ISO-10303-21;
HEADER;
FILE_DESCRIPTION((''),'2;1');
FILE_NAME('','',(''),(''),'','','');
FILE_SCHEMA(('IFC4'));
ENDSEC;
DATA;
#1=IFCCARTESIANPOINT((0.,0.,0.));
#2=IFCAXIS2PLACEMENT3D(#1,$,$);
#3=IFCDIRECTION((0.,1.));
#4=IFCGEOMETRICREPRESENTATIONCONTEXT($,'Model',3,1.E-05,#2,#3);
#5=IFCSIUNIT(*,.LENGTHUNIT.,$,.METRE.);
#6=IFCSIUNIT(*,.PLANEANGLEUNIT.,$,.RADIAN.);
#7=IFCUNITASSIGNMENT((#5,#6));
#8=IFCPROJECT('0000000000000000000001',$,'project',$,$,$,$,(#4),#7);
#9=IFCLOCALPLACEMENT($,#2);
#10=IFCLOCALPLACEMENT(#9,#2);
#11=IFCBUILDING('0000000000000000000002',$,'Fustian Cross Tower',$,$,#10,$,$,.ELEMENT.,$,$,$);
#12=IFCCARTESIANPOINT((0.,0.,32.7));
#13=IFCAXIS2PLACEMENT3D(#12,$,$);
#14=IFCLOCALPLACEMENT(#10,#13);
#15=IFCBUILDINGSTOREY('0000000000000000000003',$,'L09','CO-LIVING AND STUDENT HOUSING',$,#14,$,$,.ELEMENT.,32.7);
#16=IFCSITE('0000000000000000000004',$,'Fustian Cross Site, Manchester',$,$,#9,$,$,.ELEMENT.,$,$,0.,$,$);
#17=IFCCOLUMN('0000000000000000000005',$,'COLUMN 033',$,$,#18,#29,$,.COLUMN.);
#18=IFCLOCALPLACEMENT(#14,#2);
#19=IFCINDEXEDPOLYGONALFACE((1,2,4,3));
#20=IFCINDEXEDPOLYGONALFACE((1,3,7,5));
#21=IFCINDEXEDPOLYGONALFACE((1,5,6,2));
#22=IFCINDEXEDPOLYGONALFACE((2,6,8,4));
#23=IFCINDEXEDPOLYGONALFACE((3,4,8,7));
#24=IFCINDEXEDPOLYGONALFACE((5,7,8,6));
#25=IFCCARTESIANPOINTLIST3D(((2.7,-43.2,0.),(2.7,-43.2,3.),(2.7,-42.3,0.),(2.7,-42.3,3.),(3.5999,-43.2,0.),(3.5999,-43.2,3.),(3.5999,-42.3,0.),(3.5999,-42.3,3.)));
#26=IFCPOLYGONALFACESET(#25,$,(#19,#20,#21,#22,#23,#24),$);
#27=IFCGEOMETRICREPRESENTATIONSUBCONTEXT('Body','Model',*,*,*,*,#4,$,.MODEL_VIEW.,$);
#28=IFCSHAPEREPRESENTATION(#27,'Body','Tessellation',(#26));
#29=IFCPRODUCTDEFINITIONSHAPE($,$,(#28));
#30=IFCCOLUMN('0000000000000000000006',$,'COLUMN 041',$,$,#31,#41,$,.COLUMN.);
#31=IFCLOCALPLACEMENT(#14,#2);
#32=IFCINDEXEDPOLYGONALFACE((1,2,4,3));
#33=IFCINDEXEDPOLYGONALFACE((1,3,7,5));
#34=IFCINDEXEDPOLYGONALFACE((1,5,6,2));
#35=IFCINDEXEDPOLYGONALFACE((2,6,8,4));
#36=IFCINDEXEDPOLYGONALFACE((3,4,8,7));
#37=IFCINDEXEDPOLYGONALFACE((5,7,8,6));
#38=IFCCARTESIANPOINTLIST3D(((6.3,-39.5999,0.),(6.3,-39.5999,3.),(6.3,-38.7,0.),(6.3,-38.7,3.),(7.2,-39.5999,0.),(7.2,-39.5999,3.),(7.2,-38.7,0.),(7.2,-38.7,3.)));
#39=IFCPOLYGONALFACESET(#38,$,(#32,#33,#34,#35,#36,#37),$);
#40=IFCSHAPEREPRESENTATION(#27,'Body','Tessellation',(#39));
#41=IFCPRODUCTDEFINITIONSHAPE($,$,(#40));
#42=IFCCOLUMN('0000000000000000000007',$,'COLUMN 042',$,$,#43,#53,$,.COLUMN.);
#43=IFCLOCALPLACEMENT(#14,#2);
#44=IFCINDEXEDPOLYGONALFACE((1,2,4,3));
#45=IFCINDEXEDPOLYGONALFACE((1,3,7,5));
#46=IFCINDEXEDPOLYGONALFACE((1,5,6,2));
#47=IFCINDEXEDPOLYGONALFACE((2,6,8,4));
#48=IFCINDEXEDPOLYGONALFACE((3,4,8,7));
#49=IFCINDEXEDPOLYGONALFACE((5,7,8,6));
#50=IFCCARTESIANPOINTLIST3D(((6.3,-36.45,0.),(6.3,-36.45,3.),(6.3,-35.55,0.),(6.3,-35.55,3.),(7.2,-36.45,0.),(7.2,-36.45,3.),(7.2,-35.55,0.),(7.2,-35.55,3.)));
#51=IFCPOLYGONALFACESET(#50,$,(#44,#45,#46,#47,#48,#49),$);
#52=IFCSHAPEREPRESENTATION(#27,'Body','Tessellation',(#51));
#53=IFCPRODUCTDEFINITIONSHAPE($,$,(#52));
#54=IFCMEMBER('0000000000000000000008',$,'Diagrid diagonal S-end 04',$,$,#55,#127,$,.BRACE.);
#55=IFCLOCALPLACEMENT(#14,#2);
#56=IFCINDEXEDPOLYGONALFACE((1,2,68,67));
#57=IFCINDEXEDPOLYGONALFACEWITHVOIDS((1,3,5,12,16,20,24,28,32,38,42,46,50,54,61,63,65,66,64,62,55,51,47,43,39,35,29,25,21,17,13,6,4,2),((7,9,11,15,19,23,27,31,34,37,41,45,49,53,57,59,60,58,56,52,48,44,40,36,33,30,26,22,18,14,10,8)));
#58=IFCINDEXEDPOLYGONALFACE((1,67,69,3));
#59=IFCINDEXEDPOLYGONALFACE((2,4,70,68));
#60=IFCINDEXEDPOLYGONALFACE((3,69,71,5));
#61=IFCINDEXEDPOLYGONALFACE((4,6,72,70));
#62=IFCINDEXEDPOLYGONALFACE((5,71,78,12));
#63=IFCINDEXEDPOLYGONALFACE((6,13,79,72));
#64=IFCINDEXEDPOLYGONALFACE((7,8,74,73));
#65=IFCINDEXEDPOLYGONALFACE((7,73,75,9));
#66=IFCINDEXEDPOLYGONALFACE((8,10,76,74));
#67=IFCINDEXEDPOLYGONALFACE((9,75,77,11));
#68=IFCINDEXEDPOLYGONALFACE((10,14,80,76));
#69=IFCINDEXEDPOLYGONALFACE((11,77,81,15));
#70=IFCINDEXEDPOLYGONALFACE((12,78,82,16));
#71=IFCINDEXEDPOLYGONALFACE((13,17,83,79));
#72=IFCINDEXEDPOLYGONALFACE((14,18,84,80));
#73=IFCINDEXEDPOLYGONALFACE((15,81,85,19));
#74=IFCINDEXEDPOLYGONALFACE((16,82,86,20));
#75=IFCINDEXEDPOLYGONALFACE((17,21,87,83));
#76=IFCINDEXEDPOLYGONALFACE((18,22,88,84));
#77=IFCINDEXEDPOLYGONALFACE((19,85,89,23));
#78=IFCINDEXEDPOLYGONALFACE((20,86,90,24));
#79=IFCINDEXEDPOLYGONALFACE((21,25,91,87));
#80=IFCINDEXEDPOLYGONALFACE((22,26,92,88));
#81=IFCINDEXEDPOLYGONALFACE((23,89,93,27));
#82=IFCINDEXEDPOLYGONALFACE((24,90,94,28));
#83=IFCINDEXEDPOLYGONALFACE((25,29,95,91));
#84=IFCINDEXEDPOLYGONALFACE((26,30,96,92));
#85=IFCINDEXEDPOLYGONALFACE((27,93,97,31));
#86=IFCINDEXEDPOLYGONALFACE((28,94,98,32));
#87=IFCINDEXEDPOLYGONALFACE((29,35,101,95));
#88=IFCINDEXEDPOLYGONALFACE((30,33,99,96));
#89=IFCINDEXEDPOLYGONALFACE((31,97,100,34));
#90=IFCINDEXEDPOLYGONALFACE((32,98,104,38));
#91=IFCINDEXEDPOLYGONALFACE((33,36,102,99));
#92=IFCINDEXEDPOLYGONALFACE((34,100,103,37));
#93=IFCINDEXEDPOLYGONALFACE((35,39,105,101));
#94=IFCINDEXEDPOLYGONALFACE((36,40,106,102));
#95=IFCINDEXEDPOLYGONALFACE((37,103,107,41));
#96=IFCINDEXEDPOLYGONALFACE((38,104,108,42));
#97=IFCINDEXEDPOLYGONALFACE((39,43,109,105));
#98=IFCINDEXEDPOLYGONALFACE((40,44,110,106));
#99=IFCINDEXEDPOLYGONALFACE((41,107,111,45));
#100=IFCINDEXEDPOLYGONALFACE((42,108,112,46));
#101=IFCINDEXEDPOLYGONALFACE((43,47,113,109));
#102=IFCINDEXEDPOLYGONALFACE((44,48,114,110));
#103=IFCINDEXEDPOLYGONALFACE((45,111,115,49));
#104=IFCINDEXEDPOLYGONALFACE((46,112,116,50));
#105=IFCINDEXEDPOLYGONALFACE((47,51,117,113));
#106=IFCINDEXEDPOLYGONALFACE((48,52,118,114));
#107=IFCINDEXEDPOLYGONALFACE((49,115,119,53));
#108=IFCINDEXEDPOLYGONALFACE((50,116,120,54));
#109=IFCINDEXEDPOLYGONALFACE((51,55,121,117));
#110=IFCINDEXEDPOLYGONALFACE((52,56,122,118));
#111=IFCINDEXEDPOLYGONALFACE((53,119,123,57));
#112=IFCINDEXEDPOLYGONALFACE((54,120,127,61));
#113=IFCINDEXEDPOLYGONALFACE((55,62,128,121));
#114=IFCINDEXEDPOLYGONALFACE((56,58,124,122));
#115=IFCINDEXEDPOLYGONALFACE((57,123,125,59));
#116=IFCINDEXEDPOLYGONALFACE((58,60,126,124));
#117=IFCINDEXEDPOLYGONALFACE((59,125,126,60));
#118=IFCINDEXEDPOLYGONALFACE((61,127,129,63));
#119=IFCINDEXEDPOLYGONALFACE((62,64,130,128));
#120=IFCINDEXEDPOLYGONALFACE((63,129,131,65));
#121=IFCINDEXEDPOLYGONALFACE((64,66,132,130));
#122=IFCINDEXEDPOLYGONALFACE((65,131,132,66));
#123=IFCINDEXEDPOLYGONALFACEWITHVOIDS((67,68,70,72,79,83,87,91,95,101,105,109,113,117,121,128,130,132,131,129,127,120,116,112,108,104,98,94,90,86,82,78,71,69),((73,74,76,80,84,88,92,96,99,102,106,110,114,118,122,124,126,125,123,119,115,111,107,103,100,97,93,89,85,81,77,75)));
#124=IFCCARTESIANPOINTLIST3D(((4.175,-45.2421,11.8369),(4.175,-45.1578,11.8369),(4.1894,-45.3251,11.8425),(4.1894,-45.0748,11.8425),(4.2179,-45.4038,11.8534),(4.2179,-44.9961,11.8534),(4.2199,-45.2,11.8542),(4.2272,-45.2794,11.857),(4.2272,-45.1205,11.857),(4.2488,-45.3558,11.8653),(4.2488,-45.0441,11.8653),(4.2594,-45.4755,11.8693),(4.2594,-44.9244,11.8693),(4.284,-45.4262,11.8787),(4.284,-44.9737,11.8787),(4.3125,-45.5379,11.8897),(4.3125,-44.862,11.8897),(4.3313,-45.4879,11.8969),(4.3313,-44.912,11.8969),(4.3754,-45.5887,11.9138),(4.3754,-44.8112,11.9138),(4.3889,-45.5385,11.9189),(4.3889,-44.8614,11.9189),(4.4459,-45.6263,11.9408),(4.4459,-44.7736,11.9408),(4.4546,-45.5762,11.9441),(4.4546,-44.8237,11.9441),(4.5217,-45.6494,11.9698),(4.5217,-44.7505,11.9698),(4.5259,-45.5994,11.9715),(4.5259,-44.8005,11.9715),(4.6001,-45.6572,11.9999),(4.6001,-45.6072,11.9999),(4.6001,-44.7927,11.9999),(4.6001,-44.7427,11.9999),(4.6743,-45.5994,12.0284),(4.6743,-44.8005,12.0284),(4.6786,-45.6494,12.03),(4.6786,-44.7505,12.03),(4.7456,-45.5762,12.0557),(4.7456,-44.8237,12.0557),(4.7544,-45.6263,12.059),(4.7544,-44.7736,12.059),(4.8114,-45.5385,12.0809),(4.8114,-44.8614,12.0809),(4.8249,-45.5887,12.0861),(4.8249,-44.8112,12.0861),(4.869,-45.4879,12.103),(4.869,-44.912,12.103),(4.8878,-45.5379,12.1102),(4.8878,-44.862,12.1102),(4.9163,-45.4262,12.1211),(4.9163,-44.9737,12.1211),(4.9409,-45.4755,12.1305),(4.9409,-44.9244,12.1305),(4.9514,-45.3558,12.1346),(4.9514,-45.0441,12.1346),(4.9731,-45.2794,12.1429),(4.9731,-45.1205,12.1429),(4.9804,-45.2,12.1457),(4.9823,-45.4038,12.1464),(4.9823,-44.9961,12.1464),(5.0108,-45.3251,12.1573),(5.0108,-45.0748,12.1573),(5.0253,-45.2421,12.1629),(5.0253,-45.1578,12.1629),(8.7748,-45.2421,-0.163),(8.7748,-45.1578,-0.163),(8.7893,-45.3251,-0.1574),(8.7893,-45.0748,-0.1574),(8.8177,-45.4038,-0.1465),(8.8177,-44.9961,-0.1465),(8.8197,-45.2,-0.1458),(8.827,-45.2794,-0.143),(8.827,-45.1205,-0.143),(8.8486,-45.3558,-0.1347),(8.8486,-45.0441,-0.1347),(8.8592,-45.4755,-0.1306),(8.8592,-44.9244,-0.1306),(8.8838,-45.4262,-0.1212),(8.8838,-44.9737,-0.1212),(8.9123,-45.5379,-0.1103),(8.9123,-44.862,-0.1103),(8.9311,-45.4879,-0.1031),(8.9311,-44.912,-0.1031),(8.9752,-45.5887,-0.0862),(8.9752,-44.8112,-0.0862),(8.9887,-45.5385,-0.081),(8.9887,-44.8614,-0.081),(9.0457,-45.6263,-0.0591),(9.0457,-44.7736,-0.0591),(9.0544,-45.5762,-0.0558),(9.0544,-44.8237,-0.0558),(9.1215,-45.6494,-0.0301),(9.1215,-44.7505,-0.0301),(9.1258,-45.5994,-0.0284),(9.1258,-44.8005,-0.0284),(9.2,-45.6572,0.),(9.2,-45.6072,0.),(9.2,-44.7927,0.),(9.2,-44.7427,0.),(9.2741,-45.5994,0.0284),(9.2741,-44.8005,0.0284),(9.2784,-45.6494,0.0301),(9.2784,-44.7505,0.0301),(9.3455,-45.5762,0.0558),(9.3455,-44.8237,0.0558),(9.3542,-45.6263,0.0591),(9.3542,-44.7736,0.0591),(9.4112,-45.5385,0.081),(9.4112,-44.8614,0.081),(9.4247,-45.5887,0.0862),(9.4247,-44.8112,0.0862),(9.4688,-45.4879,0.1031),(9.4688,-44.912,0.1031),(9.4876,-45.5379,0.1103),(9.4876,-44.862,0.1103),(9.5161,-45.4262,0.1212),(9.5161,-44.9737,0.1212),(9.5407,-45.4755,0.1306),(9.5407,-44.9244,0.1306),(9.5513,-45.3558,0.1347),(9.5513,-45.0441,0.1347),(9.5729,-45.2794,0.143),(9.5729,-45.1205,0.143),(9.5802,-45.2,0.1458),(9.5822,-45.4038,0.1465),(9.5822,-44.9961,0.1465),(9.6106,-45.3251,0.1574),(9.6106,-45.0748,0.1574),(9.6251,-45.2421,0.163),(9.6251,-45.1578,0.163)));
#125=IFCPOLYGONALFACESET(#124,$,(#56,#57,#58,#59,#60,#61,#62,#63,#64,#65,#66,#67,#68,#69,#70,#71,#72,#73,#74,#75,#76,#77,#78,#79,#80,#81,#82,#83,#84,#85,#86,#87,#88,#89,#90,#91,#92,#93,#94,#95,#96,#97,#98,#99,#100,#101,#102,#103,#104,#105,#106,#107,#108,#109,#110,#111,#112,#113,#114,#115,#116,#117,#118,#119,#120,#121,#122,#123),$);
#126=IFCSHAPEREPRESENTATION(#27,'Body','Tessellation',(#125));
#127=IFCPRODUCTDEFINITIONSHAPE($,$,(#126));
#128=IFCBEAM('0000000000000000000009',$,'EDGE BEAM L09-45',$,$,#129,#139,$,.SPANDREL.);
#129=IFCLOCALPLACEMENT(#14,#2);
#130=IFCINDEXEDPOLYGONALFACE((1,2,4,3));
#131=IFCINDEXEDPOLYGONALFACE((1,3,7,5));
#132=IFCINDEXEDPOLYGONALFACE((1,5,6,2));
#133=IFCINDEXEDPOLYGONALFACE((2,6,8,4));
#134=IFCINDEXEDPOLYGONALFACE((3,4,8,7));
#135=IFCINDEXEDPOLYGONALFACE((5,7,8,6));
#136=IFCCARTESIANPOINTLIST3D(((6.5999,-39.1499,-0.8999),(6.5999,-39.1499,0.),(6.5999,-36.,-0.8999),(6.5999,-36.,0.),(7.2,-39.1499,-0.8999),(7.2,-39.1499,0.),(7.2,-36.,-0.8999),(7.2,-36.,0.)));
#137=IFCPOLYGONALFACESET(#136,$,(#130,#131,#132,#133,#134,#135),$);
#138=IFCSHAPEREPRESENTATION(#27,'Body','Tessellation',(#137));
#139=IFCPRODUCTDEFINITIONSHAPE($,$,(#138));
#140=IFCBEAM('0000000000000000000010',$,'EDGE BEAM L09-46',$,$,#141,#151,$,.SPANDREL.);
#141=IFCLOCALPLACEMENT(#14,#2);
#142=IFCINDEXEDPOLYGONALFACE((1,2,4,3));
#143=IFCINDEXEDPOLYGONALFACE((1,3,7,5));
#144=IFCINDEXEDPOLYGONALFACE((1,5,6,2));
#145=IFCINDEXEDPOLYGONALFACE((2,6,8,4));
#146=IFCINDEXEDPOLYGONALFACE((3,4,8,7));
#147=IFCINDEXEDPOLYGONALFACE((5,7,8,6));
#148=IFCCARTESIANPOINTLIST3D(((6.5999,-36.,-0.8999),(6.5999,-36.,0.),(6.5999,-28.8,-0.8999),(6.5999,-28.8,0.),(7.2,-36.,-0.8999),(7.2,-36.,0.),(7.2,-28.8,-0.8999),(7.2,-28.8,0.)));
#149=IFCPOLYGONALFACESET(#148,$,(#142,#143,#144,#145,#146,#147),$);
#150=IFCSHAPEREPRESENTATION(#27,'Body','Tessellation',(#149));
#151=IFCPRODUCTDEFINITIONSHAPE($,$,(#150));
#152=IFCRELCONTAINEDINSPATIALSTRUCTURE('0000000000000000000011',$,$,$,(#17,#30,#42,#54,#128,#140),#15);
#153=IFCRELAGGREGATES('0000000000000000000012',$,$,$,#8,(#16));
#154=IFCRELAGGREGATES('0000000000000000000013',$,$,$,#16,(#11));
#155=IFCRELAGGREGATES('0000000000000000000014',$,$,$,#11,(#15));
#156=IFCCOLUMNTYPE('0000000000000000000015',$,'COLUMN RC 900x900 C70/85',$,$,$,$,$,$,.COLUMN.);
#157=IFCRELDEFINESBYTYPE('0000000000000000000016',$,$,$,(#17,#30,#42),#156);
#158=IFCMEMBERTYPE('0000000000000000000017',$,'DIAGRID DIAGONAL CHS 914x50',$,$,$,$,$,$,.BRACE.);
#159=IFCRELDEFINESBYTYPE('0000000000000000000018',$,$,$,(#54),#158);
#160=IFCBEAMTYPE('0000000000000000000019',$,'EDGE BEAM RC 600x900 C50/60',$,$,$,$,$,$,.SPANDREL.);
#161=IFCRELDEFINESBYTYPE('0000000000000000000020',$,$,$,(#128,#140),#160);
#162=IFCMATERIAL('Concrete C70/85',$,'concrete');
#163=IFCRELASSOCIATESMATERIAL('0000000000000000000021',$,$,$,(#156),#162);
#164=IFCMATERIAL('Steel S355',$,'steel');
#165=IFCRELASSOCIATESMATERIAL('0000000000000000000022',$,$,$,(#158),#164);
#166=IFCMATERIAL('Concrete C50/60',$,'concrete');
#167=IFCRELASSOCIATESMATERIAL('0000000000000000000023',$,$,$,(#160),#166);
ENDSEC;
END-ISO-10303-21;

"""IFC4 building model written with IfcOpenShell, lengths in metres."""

from ifc_helpers import new_model, si_unit, direction, frame, origin, origin_2d, place, context, subcontext, project, spatial, rectangle, hollow_circle, extrude, material, material_profile, profile_set, type_object, element, save


model = new_model("IFC4")

# Units and contexts
model_context = context("Model", 3, precision=1e-05, world=origin(), true_north=direction((0.0, 1.0)))
body_context = subcontext(model_context, "Body", "Model", "MODEL_VIEW")
ifc_project = project(units=[si_unit("LENGTHUNIT", "METRE"), si_unit("PLANEANGLEUNIT", "RADIAN")], contexts=[model_context])

# Site, building, storey
site_placement = place(None, origin())
site = spatial("IfcSite", under=ifc_project, at=site_placement, Name="Fustian Cross Site, Manchester", CompositionType="ELEMENT", RefElevation=0.0)
building_placement = place(site_placement, origin())
building = spatial("IfcBuilding", under=site, at=building_placement, Name="Fustian Cross Tower", CompositionType="ELEMENT")
storey_placement = place(building_placement, frame((0.0, 0.0, 32.7)))
storey = spatial("IfcBuildingStorey", under=building, at=storey_placement, Name="L09", Description="CO-LIVING AND STUDENT HOUSING", CompositionType="ELEMENT", Elevation=32.7)

# Columns
ifc_material_1 = material(Name="Concrete C70/85", Category="concrete")
ifc_material_profile_1 = material_profile(ifc_material_1, rectangle(XDim=0.8999, YDim=0.8999, at=origin_2d()), Name="RC 900x900")
ifc_profile_set_1 = profile_set([ifc_material_profile_1], Name="Concrete C70/85")
column_type = type_object("IfcColumnType", Name="COLUMN RC 900x900 C70/85", PredefinedType="COLUMN", material=ifc_profile_set_1)
for number, where, z_axis, x_axis, name in (
    (1, (3.1499, -42.75, 0.0), (0.0, 0.0, 1.0), (1.0, 0.0, 0.0), "COLUMN 033"),
    (2, (6.75, -39.1499, 0.0), (0.0, 0.0, 1.0), (1.0, 0.0, 0.0), "COLUMN 041"),
    (3, (6.75, -36.0, 0.0), (0.0, 0.0, 1.0), (1.0, 0.0, 0.0), "COLUMN 042"),
):
    element("IfcColumn", number, at=place(storey_placement, frame(where, z_axis=z_axis, x_axis=x_axis)), inside=storey, type_object=column_type, Name=name, PredefinedType="COLUMN", context=body_context, shape_type="SweptSolid", body=[
        extrude(rectangle(XDim=0.8999, YDim=0.8999, at=origin_2d()), origin(), (0.0, 0.0, 1.0), 3.0),
    ])

# Member
ifc_material_2 = material(Name="Steel S355", Category="steel")
ifc_material_profile_2 = material_profile(ifc_material_2, hollow_circle(Radius=0.4573, WallThickness=0.05, at=origin_2d()), Name="CHS 914x50")
ifc_profile_set_2 = profile_set([ifc_material_profile_2], Name="Steel S355")
member_type = type_object("IfcMemberType", Name="DIAGRID DIAGONAL CHS 914x50", PredefinedType="BRACE", material=ifc_profile_set_2)
member_placement = place(storey_placement, frame((9.2, -45.2, 0.0), z_axis=(-0.357926, 0.0, 0.93375), x_axis=(0.0, -1.0, 0.0)))
element("IfcMember", 4, at=member_placement, inside=storey, type_object=member_type, Name="Diagrid diagonal S-end 04", PredefinedType="BRACE", context=body_context, shape_type="SweptSolid", body=[
    extrude(hollow_circle(Radius=0.4573, WallThickness=0.05, at=origin_2d()), origin(), (0.0, 0.0, 1.0), 12.8513),
])

# Beams
ifc_material_3 = material(Name="Concrete C50/60", Category="concrete")
ifc_material_profile_3 = material_profile(ifc_material_3, rectangle(XDim=0.6001, YDim=0.8999, at=origin_2d()), Name="RC 600x900")
ifc_profile_set_3 = profile_set([ifc_material_profile_3], Name="Concrete C50/60")
beam_type = type_object("IfcBeamType", Name="EDGE BEAM RC 600x900 C50/60", PredefinedType="SPANDREL", material=ifc_profile_set_3)
beam_1_placement = place(storey_placement, frame((6.8999, -39.1499, -0.45), z_axis=(0.0, 1.0, 0.0), x_axis=(-1.0, 0.0, 0.0)))
element("IfcBeam", 5, at=beam_1_placement, inside=storey, type_object=beam_type, Name="EDGE BEAM L09-45", PredefinedType="SPANDREL", context=body_context, shape_type="SweptSolid", body=[
    extrude(rectangle(XDim=0.6001, YDim=0.8999, at=origin_2d()), origin(), (0.0, 0.0, 1.0), 3.1499),
])
beam_2_placement = place(storey_placement, frame((6.8999, -36.0, -0.45), z_axis=(0.0, 1.0, 0.0), x_axis=(-1.0, 0.0, 0.0)))
element("IfcBeam", 6, at=beam_2_placement, inside=storey, type_object=beam_type, Name="EDGE BEAM L09-46", PredefinedType="SPANDREL", context=body_context, shape_type="SweptSolid", body=[
    extrude(rectangle(XDim=0.6001, YDim=0.8999, at=origin_2d()), origin(), (0.0, 0.0, 1.0), 7.2),
])

save(model, "model.ifc")
